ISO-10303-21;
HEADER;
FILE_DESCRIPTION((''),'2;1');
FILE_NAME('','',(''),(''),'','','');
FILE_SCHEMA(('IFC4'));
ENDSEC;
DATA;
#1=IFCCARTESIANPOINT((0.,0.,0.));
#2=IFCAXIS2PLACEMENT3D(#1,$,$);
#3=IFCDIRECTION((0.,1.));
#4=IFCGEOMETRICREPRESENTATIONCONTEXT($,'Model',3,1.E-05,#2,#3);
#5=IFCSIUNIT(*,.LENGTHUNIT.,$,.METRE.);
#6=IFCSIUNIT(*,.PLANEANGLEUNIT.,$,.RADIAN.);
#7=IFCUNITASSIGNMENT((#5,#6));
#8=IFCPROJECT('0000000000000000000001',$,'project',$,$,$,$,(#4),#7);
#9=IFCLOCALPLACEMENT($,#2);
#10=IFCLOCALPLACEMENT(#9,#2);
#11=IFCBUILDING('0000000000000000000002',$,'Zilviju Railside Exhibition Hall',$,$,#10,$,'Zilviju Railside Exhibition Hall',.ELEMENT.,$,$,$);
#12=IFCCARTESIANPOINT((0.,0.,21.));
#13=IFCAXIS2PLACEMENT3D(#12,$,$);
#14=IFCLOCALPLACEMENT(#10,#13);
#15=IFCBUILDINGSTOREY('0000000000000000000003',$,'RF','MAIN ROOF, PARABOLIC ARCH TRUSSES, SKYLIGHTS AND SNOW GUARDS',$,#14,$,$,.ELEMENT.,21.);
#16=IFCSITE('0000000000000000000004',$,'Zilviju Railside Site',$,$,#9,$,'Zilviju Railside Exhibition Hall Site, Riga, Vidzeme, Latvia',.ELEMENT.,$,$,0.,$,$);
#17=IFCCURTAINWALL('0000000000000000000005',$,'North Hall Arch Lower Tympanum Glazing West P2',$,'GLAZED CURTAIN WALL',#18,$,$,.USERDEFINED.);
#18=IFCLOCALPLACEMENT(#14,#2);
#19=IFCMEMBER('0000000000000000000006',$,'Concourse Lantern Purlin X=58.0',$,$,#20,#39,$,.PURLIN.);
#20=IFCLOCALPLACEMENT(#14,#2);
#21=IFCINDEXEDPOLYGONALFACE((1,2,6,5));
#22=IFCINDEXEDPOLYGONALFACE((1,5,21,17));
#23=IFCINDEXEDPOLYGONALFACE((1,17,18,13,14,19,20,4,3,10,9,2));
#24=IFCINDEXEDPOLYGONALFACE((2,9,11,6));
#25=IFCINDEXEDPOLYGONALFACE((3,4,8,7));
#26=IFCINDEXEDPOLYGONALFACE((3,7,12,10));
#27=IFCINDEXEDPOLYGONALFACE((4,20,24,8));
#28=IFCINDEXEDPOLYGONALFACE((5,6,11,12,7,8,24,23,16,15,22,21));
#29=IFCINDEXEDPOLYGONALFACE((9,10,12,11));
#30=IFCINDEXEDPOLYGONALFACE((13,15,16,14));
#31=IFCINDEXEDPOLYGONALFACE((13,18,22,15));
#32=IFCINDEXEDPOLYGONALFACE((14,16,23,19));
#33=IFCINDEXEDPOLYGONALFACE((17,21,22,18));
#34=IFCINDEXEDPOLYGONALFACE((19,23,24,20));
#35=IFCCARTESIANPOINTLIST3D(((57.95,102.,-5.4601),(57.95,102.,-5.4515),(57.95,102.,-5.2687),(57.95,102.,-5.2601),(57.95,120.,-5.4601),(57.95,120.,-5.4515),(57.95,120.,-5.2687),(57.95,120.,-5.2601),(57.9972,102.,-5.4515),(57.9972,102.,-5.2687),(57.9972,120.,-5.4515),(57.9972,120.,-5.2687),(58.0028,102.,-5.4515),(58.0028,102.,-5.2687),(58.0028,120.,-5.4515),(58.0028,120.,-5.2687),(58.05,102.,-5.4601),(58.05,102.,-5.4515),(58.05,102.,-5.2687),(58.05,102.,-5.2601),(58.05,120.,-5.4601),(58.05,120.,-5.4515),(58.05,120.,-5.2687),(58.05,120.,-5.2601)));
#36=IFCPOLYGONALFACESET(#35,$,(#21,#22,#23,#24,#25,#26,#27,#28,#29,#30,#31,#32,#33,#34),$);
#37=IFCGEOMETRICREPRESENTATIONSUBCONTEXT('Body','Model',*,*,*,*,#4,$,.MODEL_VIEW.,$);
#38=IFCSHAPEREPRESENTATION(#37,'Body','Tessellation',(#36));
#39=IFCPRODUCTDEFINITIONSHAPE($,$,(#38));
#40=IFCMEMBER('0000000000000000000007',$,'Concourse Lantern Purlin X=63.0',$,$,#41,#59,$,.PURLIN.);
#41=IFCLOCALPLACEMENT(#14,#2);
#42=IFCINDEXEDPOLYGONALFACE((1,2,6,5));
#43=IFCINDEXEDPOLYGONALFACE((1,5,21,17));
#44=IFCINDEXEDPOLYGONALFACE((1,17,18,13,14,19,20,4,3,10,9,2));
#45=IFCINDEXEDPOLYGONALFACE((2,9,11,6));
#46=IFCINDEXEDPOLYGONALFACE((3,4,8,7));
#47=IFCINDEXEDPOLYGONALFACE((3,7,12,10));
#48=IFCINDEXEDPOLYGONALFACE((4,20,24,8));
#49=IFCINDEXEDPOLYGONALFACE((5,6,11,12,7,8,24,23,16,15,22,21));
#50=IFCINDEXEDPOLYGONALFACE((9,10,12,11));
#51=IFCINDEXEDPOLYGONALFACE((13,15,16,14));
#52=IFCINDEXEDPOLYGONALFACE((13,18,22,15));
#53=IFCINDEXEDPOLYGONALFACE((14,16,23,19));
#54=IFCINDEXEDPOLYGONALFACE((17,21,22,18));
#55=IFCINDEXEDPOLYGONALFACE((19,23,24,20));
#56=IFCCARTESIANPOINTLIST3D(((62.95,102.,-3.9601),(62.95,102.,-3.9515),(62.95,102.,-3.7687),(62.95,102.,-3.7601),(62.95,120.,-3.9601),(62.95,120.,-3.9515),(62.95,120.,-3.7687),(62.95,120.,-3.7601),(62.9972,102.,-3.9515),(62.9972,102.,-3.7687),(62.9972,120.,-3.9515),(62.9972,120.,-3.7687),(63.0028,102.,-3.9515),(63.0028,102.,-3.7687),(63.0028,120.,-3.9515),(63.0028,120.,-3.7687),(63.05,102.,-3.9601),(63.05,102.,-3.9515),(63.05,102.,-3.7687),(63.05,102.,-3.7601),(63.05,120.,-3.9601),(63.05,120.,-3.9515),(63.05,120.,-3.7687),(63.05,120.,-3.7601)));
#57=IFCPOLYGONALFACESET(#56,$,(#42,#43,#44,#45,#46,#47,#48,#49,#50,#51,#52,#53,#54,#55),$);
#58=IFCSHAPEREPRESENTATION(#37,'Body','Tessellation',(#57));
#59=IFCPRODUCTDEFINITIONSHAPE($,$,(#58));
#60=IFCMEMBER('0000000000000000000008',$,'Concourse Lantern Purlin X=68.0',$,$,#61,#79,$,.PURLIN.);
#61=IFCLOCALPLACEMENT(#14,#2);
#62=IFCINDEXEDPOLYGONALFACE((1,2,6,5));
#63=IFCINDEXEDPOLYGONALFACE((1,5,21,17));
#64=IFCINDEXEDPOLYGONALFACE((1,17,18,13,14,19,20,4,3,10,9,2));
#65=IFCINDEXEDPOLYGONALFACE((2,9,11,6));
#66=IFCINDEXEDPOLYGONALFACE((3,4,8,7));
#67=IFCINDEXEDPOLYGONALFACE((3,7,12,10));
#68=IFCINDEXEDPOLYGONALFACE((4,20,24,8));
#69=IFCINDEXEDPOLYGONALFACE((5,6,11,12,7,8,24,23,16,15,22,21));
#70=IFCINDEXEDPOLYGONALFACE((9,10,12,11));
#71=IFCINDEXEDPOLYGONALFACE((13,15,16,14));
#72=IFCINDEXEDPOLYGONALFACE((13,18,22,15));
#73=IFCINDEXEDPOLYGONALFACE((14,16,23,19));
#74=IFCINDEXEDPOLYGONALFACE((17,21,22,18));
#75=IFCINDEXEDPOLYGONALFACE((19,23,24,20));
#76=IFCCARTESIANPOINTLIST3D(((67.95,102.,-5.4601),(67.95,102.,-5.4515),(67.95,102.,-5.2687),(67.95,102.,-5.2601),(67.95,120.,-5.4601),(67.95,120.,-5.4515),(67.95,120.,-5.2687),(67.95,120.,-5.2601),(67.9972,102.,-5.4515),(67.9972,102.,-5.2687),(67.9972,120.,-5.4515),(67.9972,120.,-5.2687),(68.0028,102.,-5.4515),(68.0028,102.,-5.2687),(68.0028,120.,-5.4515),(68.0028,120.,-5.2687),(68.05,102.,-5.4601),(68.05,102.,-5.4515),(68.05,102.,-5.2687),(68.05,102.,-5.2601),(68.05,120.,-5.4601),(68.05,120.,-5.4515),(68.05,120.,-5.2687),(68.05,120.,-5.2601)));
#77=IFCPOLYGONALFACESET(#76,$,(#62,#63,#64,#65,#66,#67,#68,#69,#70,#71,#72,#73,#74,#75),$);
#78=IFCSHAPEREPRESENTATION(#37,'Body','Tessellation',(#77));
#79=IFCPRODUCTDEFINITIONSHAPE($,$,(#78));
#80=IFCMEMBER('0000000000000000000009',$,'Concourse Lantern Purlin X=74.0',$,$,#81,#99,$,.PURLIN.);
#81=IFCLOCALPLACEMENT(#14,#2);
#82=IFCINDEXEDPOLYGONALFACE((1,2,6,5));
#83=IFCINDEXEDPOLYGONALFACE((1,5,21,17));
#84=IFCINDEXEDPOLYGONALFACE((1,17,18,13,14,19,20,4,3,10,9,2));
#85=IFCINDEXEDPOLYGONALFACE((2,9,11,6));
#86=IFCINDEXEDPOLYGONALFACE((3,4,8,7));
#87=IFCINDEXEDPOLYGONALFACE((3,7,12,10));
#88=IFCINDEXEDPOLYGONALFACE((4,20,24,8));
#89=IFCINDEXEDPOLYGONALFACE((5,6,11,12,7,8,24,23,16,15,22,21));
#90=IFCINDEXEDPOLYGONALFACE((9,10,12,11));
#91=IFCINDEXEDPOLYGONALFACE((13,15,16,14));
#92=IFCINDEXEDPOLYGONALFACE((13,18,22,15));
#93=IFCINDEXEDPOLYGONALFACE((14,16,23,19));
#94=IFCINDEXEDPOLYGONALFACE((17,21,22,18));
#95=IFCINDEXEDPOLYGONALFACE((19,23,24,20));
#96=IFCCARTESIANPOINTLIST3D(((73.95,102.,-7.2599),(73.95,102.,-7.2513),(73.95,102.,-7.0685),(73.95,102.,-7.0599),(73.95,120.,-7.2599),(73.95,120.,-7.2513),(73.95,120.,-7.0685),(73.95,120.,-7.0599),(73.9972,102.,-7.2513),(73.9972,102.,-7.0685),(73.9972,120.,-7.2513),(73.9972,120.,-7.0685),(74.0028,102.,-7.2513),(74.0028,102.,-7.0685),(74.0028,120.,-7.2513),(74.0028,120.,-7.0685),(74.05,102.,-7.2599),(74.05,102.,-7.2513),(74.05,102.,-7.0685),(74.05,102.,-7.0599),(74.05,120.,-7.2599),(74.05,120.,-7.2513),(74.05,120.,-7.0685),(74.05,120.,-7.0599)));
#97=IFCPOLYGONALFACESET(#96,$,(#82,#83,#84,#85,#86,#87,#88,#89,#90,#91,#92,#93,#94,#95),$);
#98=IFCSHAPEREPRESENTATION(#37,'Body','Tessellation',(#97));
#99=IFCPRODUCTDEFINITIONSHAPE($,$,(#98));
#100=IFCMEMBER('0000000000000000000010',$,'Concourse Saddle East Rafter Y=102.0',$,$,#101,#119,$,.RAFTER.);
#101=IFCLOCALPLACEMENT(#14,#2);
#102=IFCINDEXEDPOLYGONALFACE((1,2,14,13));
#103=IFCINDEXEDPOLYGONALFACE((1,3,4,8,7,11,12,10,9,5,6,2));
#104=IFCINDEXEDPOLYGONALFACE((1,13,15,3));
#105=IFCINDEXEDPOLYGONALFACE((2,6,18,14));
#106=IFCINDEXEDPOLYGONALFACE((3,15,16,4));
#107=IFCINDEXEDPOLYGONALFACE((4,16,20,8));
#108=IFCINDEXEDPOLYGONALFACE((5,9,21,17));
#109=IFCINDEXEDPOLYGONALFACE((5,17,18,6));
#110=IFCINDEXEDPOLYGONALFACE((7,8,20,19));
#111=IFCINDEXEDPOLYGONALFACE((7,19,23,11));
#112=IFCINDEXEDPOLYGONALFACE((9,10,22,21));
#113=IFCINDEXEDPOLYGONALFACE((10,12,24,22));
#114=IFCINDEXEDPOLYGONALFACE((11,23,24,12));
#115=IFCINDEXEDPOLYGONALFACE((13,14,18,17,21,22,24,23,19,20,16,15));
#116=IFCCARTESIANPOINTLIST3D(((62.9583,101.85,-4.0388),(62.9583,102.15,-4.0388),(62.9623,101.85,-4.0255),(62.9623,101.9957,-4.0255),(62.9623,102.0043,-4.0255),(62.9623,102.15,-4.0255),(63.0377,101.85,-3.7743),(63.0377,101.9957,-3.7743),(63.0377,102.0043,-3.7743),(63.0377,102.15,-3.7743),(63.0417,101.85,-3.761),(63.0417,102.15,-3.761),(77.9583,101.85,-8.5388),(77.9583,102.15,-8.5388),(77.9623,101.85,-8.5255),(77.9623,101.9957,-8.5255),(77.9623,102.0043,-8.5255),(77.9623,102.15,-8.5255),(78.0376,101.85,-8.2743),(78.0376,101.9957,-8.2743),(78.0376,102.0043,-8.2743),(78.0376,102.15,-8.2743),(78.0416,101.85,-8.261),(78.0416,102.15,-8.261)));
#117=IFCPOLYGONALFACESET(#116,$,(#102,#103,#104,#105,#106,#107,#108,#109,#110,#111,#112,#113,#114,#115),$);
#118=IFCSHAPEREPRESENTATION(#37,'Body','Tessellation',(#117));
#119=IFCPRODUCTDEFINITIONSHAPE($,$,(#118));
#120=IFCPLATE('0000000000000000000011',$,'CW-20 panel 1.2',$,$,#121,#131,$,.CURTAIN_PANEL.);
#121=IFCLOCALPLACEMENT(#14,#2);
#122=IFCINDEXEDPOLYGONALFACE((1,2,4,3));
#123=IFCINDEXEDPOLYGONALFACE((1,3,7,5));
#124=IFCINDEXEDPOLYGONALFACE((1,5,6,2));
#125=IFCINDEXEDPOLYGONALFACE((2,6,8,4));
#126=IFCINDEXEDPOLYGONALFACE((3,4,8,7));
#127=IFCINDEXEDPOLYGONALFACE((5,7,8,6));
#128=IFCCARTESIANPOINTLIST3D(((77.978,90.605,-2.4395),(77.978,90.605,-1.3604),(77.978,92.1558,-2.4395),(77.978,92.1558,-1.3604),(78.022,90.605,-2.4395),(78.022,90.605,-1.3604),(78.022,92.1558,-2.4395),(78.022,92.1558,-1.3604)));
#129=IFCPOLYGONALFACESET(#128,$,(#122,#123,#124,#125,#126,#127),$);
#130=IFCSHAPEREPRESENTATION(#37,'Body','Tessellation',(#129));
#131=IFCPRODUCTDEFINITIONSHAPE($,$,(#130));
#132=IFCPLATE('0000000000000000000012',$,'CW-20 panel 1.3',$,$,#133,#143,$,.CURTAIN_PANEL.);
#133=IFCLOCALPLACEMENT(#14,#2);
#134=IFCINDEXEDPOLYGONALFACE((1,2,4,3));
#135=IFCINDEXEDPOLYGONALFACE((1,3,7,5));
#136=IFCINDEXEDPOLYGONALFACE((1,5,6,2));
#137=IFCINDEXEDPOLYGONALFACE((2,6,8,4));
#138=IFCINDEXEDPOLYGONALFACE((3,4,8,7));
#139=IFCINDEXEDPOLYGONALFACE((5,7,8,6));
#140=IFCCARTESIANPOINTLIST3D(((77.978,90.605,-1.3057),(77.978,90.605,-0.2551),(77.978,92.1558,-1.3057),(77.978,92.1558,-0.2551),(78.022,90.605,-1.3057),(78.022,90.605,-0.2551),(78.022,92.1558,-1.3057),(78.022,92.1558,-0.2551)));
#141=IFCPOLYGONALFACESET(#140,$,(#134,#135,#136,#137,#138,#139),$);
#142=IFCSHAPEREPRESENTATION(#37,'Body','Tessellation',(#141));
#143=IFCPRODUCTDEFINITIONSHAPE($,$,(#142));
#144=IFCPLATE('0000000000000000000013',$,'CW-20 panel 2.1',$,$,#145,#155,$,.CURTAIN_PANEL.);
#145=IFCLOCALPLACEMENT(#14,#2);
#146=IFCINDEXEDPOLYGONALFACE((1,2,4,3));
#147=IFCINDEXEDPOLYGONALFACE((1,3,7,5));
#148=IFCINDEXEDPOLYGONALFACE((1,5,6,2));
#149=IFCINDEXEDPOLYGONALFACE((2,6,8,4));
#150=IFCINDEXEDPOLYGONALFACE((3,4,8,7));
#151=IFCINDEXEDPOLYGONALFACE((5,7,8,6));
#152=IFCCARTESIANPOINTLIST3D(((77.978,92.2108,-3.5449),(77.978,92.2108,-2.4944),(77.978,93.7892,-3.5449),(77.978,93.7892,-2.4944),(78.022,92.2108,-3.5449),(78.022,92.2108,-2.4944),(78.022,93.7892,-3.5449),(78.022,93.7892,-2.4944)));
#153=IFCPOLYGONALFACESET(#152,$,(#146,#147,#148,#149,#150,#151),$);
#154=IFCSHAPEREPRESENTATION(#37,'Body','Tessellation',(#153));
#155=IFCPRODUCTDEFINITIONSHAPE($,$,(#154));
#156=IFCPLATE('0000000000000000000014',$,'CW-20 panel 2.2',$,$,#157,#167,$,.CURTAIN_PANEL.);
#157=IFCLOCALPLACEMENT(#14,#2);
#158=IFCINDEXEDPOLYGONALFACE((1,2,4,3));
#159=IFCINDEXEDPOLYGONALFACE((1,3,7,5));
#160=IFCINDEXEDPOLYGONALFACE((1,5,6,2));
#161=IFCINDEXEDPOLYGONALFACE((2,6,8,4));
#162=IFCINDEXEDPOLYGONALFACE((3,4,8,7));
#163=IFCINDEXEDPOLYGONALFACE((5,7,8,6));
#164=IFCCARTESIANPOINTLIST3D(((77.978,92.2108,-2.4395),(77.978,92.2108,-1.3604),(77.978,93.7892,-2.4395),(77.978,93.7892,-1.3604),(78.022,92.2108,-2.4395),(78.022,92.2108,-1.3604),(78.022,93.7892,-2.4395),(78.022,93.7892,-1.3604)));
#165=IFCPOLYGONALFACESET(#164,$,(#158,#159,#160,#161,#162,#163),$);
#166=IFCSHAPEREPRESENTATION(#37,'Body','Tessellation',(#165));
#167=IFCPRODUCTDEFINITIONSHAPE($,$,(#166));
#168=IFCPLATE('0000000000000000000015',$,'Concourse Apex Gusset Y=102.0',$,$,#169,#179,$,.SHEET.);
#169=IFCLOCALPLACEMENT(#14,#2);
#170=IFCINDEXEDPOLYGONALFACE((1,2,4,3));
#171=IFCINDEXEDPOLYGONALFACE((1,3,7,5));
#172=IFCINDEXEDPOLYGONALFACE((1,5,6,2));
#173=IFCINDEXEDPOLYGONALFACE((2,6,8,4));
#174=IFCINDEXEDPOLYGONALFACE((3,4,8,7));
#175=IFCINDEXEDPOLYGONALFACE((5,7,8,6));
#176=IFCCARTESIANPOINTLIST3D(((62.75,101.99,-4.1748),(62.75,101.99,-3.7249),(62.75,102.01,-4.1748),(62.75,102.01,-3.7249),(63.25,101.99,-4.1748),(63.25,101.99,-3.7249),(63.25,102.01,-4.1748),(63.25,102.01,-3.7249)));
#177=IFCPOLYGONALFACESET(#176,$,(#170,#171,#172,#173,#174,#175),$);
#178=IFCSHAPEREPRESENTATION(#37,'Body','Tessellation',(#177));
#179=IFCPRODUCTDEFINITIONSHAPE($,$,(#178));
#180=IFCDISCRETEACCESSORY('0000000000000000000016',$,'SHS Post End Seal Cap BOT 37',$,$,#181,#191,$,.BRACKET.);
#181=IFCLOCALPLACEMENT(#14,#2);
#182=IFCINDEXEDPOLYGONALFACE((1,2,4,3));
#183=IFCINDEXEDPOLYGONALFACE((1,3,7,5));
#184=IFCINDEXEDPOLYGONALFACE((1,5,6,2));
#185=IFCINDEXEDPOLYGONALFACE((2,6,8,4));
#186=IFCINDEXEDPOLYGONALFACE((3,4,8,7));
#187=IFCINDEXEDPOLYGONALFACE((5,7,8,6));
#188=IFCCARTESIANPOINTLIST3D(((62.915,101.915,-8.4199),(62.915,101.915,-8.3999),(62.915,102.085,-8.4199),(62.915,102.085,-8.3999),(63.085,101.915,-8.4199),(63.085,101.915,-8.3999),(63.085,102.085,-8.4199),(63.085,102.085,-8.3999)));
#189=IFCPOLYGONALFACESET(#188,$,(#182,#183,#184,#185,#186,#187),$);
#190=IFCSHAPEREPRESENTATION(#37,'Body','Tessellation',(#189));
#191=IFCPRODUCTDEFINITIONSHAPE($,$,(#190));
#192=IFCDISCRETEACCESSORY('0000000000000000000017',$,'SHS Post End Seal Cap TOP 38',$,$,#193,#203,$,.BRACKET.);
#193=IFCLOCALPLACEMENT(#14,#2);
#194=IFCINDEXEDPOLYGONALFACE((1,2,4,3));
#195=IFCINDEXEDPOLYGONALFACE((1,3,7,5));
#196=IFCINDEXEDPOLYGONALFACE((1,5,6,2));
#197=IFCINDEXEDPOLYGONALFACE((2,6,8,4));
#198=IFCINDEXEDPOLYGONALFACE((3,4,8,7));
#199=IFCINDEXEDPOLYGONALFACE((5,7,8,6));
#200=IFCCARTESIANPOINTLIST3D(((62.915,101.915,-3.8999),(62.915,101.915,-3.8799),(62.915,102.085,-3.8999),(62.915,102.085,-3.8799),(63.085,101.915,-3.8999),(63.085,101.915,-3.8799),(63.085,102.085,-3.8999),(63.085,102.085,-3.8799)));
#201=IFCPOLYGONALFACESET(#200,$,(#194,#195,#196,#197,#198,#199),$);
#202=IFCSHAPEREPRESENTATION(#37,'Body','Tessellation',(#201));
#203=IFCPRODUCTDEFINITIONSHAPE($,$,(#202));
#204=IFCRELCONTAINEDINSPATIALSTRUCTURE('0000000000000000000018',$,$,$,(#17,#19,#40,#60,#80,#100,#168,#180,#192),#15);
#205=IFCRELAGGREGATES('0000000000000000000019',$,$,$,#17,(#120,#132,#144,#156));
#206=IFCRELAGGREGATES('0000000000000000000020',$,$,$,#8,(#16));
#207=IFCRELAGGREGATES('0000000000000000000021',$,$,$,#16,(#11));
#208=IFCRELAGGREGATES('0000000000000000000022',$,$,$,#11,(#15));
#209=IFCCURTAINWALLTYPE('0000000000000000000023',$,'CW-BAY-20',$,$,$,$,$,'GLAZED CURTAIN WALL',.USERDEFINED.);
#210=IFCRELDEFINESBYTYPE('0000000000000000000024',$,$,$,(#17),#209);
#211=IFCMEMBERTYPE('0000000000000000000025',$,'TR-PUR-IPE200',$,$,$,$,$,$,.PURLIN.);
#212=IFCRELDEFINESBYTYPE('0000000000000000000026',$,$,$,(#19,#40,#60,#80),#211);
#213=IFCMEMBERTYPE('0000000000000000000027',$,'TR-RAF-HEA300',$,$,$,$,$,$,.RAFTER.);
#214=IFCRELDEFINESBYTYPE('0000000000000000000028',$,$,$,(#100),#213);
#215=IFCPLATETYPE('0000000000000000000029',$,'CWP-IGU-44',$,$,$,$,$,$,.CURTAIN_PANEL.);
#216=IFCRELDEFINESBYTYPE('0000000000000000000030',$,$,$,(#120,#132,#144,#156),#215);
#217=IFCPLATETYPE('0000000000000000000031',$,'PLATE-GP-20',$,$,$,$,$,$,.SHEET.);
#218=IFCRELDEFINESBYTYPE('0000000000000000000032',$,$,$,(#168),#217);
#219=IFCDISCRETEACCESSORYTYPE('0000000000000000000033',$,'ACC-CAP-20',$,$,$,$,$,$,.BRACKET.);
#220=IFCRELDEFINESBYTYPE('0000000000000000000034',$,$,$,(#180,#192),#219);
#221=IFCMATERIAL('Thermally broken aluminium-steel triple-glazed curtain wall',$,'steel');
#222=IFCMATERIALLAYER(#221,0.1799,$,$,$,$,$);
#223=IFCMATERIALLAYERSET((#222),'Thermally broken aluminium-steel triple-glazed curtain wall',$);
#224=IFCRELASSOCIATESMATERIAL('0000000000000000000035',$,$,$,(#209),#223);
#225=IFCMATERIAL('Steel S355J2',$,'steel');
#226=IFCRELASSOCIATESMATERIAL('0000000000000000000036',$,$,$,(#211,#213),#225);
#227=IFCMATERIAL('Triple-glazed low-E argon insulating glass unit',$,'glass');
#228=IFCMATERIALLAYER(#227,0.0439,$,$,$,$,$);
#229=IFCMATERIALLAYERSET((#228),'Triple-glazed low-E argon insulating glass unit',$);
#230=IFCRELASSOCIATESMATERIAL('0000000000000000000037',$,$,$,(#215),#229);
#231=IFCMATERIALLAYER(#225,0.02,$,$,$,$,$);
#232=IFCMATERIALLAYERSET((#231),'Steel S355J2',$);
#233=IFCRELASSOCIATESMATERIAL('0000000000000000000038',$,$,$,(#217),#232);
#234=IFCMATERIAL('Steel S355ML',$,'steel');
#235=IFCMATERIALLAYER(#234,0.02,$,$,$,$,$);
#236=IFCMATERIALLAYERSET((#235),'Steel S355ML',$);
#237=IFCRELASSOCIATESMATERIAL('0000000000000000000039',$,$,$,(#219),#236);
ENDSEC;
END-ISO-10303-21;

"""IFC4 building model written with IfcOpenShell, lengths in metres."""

from ifc_helpers import new_model, si_unit, direction, frame, origin, origin_2d, place, context, subcontext, project, spatial, rectangle, i_section, extrude, material, layer, layer_set, material_profile, profile_set, type_object, element, aggregate, save


model = new_model("IFC4")

# Units and contexts
model_context = context("Model", 3, precision=1e-05, world=origin(), true_north=direction((0.0, 1.0)))
body_context = subcontext(model_context, "Body", "Model", "MODEL_VIEW")
ifc_project = project(units=[si_unit("LENGTHUNIT", "METRE"), si_unit("PLANEANGLEUNIT", "RADIAN")], contexts=[model_context])

# Site, building, storey
site_placement = place(None, origin())
site = spatial("IfcSite", under=ifc_project, at=site_placement, Name="Zilviju Railside Site", LongName="Zilviju Railside Exhibition Hall Site, Riga, Vidzeme, Latvia", CompositionType="ELEMENT", RefElevation=0.0)
building_placement = place(site_placement, origin())
building = spatial("IfcBuilding", under=site, at=building_placement, Name="Zilviju Railside Exhibition Hall", LongName="Zilviju Railside Exhibition Hall", CompositionType="ELEMENT")
storey_placement = place(building_placement, frame((0.0, 0.0, 21.0)))
storey = spatial("IfcBuildingStorey", under=building, at=storey_placement, Name="RF", Description="MAIN ROOF, PARABOLIC ARCH TRUSSES, SKYLIGHTS AND SNOW GUARDS", CompositionType="ELEMENT", Elevation=21.0)

# Curtain wall
ifc_material_1 = material(Name="Thermally broken aluminium-steel triple-glazed curtain wall", Category="steel")
ifc_layer_1 = layer(ifc_material_1, 0.1799)
ifc_layer_set_1 = layer_set([ifc_layer_1], Name="Thermally broken aluminium-steel triple-glazed curtain wall")
curtain_wall_type = type_object("IfcCurtainWallType", Name="CW-BAY-20", ElementType="GLAZED CURTAIN WALL", PredefinedType="USERDEFINED", material=ifc_layer_set_1)
curtain_wall_placement = place(storey_placement, origin())
curtain_wall = element("IfcCurtainWall", 1, at=curtain_wall_placement, inside=storey, type_object=curtain_wall_type, Name="North Hall Arch Lower Tympanum Glazing West P2", ObjectType="GLAZED CURTAIN WALL", PredefinedType="USERDEFINED")

# Members
ifc_material_2 = material(Name="Steel S355J2", Category="steel")
ifc_material_profile_1 = material_profile(ifc_material_2, i_section(OverallWidth=0.1001, OverallDepth=0.2, WebThickness=0.0056, FlangeThickness=0.0085, at=origin_2d()), Name="IPE 200")
ifc_profile_set_1 = profile_set([ifc_material_profile_1], Name="Steel S355J2")
member_type_1 = type_object("IfcMemberType", Name="TR-PUR-IPE200", PredefinedType="PURLIN", material=ifc_profile_set_1)
for number, where, z_axis, x_axis, name in (
    (2, (58.0, 102.0, -5.3601), (0.0, 1.0, 0.0), (-1.0, 0.0, 0.0), "Concourse Lantern Purlin X=58.0"),
    (3, (63.0, 102.0, -3.8601), (0.0, 1.0, 0.0), (-1.0, 0.0, 0.0), "Concourse Lantern Purlin X=63.0"),
    (4, (68.0, 102.0, -5.3601), (0.0, 1.0, 0.0), (-1.0, 0.0, 0.0), "Concourse Lantern Purlin X=68.0"),
    (5, (74.0, 102.0, -7.1599), (0.0, 1.0, 0.0), (-1.0, 0.0, 0.0), "Concourse Lantern Purlin X=74.0"),
):
    element("IfcMember", number, at=place(storey_placement, frame(where, z_axis=z_axis, x_axis=x_axis)), inside=storey, type_object=member_type_1, Name=name, PredefinedType="PURLIN", context=body_context, shape_type="SweptSolid", body=[
        extrude(i_section(OverallWidth=0.1001, OverallDepth=0.2, WebThickness=0.0056, FlangeThickness=0.0085, at=origin_2d()), origin(), (0.0, 0.0, 1.0), 18.0),
    ])
ifc_material_profile_2 = material_profile(ifc_material_2, i_section(OverallWidth=0.3, OverallDepth=0.29, WebThickness=0.0085, FlangeThickness=0.0139, at=origin_2d()), Name="HEA 300")
ifc_profile_set_2 = profile_set([ifc_material_profile_2], Name="Steel S355J2")
member_type_2 = type_object("IfcMemberType", Name="TR-RAF-HEA300", PredefinedType="RAFTER", material=ifc_profile_set_2)
member_1_placement = place(storey_placement, frame((63.0, 102.0, -3.8999), z_axis=(0.957826, 0.0, -0.287348), x_axis=(0.0, 1.0, 0.0)))
element("IfcMember", 6, at=member_1_placement, inside=storey, type_object=member_type_2, Name="Concourse Saddle East Rafter Y=102.0", PredefinedType="RAFTER", context=body_context, shape_type="SweptSolid", body=[
    extrude(i_section(OverallWidth=0.3, OverallDepth=0.29, WebThickness=0.0085, FlangeThickness=0.0139, at=origin_2d()), origin(), (0.0, 0.0, 1.0), 15.6604),
])

# Plates
ifc_material_3 = material(Name="Triple-glazed low-E argon insulating glass unit", Category="glass")
ifc_layer_2 = layer(ifc_material_3, 0.0439)
ifc_layer_set_2 = layer_set([ifc_layer_2], Name="Triple-glazed low-E argon insulating glass unit")
plate_type_1 = type_object("IfcPlateType", Name="CWP-IGU-44", PredefinedType="CURTAIN_PANEL", material=ifc_layer_set_2)
plate_1_placement = place(storey_placement, frame((78.0, 91.3804, -2.4395), z_axis=(0.0, 0.0, 1.0), x_axis=(0.0, 1.0, 0.0)))
plate_1 = element("IfcPlate", 7, at=plate_1_placement, type_object=plate_type_1, Name="CW-20 panel 1.2", PredefinedType="CURTAIN_PANEL", context=body_context, shape_type="SweptSolid", body=[
    extrude(rectangle(XDim=1.5508, YDim=0.0439, at=origin_2d()), origin(), (0.0, 0.0, 1.0), 1.0791),
])
plate_2_placement = place(storey_placement, frame((78.0, 91.3804, -1.3057), z_axis=(0.0, 0.0, 1.0), x_axis=(0.0, 1.0, 0.0)))
plate_2 = element("IfcPlate", 8, at=plate_2_placement, type_object=plate_type_1, Name="CW-20 panel 1.3", PredefinedType="CURTAIN_PANEL", context=body_context, shape_type="SweptSolid", body=[
    extrude(rectangle(XDim=1.5508, YDim=0.0439, at=origin_2d()), origin(), (0.0, 0.0, 1.0), 1.0505),
])
plate_3_placement = place(storey_placement, frame((78.0, 93.0, -3.5449), z_axis=(0.0, 0.0, 1.0), x_axis=(0.0, 1.0, 0.0)))
plate_3 = element("IfcPlate", 9, at=plate_3_placement, type_object=plate_type_1, Name="CW-20 panel 2.1", PredefinedType="CURTAIN_PANEL", context=body_context, shape_type="SweptSolid", body=[
    extrude(rectangle(XDim=1.5784, YDim=0.0439, at=origin_2d()), origin(), (0.0, 0.0, 1.0), 1.0505),
])
plate_4_placement = place(storey_placement, frame((78.0, 93.0, -2.4395), z_axis=(0.0, 0.0, 1.0), x_axis=(0.0, 1.0, 0.0)))
plate_4 = element("IfcPlate", 10, at=plate_4_placement, type_object=plate_type_1, Name="CW-20 panel 2.2", PredefinedType="CURTAIN_PANEL", context=body_context, shape_type="SweptSolid", body=[
    extrude(rectangle(XDim=1.5784, YDim=0.0439, at=origin_2d()), origin(), (0.0, 0.0, 1.0), 1.0791),
])
aggregate(curtain_wall, [plate_1, plate_2, plate_3, plate_4])
ifc_layer_3 = layer(ifc_material_2, 0.02)
ifc_layer_set_3 = layer_set([ifc_layer_3], Name="Steel S355J2")
plate_type_2 = type_object("IfcPlateType", Name="PLATE-GP-20", PredefinedType="SHEET", material=ifc_layer_set_3)
plate_5_placement = place(storey_placement, frame((63.0, 102.0, -4.1748), z_axis=(0.0, 0.0, 1.0), x_axis=(1.0, 0.0, 0.0)))
element("IfcPlate", 11, at=plate_5_placement, inside=storey, type_object=plate_type_2, Name="Concourse Apex Gusset Y=102.0", PredefinedType="SHEET", context=body_context, shape_type="SweptSolid", body=[
    extrude(rectangle(XDim=0.5, YDim=0.02, at=origin_2d()), origin(), (0.0, 0.0, 1.0), 0.45),
])

# Discrete accessories
ifc_material_4 = material(Name="Steel S355ML", Category="steel")
ifc_layer_4 = layer(ifc_material_4, 0.02)
ifc_layer_set_4 = layer_set([ifc_layer_4], Name="Steel S355ML")
discrete_accessory_type = type_object("IfcDiscreteAccessoryType", Name="ACC-CAP-20", PredefinedType="BRACKET", material=ifc_layer_set_4)
for number, where, z_axis, x_axis, name in (
    (12, (63.0, 102.0, -8.4199), (0.0, 0.0, 1.0), (1.0, 0.0, 0.0), "SHS Post End Seal Cap BOT 37"),
    (13, (63.0, 102.0, -3.8999), (0.0, 0.0, 1.0), (1.0, 0.0, 0.0), "SHS Post End Seal Cap TOP 38"),
):
    element("IfcDiscreteAccessory", number, at=place(storey_placement, frame(where, z_axis=z_axis, x_axis=x_axis)), inside=storey, type_object=discrete_accessory_type, Name=name, PredefinedType="BRACKET", context=body_context, shape_type="SweptSolid", body=[
        extrude(rectangle(XDim=0.1699, YDim=0.1699, at=origin_2d()), origin(), (0.0, 0.0, 1.0), 0.02),
    ])

save(model, "model.ifc")
